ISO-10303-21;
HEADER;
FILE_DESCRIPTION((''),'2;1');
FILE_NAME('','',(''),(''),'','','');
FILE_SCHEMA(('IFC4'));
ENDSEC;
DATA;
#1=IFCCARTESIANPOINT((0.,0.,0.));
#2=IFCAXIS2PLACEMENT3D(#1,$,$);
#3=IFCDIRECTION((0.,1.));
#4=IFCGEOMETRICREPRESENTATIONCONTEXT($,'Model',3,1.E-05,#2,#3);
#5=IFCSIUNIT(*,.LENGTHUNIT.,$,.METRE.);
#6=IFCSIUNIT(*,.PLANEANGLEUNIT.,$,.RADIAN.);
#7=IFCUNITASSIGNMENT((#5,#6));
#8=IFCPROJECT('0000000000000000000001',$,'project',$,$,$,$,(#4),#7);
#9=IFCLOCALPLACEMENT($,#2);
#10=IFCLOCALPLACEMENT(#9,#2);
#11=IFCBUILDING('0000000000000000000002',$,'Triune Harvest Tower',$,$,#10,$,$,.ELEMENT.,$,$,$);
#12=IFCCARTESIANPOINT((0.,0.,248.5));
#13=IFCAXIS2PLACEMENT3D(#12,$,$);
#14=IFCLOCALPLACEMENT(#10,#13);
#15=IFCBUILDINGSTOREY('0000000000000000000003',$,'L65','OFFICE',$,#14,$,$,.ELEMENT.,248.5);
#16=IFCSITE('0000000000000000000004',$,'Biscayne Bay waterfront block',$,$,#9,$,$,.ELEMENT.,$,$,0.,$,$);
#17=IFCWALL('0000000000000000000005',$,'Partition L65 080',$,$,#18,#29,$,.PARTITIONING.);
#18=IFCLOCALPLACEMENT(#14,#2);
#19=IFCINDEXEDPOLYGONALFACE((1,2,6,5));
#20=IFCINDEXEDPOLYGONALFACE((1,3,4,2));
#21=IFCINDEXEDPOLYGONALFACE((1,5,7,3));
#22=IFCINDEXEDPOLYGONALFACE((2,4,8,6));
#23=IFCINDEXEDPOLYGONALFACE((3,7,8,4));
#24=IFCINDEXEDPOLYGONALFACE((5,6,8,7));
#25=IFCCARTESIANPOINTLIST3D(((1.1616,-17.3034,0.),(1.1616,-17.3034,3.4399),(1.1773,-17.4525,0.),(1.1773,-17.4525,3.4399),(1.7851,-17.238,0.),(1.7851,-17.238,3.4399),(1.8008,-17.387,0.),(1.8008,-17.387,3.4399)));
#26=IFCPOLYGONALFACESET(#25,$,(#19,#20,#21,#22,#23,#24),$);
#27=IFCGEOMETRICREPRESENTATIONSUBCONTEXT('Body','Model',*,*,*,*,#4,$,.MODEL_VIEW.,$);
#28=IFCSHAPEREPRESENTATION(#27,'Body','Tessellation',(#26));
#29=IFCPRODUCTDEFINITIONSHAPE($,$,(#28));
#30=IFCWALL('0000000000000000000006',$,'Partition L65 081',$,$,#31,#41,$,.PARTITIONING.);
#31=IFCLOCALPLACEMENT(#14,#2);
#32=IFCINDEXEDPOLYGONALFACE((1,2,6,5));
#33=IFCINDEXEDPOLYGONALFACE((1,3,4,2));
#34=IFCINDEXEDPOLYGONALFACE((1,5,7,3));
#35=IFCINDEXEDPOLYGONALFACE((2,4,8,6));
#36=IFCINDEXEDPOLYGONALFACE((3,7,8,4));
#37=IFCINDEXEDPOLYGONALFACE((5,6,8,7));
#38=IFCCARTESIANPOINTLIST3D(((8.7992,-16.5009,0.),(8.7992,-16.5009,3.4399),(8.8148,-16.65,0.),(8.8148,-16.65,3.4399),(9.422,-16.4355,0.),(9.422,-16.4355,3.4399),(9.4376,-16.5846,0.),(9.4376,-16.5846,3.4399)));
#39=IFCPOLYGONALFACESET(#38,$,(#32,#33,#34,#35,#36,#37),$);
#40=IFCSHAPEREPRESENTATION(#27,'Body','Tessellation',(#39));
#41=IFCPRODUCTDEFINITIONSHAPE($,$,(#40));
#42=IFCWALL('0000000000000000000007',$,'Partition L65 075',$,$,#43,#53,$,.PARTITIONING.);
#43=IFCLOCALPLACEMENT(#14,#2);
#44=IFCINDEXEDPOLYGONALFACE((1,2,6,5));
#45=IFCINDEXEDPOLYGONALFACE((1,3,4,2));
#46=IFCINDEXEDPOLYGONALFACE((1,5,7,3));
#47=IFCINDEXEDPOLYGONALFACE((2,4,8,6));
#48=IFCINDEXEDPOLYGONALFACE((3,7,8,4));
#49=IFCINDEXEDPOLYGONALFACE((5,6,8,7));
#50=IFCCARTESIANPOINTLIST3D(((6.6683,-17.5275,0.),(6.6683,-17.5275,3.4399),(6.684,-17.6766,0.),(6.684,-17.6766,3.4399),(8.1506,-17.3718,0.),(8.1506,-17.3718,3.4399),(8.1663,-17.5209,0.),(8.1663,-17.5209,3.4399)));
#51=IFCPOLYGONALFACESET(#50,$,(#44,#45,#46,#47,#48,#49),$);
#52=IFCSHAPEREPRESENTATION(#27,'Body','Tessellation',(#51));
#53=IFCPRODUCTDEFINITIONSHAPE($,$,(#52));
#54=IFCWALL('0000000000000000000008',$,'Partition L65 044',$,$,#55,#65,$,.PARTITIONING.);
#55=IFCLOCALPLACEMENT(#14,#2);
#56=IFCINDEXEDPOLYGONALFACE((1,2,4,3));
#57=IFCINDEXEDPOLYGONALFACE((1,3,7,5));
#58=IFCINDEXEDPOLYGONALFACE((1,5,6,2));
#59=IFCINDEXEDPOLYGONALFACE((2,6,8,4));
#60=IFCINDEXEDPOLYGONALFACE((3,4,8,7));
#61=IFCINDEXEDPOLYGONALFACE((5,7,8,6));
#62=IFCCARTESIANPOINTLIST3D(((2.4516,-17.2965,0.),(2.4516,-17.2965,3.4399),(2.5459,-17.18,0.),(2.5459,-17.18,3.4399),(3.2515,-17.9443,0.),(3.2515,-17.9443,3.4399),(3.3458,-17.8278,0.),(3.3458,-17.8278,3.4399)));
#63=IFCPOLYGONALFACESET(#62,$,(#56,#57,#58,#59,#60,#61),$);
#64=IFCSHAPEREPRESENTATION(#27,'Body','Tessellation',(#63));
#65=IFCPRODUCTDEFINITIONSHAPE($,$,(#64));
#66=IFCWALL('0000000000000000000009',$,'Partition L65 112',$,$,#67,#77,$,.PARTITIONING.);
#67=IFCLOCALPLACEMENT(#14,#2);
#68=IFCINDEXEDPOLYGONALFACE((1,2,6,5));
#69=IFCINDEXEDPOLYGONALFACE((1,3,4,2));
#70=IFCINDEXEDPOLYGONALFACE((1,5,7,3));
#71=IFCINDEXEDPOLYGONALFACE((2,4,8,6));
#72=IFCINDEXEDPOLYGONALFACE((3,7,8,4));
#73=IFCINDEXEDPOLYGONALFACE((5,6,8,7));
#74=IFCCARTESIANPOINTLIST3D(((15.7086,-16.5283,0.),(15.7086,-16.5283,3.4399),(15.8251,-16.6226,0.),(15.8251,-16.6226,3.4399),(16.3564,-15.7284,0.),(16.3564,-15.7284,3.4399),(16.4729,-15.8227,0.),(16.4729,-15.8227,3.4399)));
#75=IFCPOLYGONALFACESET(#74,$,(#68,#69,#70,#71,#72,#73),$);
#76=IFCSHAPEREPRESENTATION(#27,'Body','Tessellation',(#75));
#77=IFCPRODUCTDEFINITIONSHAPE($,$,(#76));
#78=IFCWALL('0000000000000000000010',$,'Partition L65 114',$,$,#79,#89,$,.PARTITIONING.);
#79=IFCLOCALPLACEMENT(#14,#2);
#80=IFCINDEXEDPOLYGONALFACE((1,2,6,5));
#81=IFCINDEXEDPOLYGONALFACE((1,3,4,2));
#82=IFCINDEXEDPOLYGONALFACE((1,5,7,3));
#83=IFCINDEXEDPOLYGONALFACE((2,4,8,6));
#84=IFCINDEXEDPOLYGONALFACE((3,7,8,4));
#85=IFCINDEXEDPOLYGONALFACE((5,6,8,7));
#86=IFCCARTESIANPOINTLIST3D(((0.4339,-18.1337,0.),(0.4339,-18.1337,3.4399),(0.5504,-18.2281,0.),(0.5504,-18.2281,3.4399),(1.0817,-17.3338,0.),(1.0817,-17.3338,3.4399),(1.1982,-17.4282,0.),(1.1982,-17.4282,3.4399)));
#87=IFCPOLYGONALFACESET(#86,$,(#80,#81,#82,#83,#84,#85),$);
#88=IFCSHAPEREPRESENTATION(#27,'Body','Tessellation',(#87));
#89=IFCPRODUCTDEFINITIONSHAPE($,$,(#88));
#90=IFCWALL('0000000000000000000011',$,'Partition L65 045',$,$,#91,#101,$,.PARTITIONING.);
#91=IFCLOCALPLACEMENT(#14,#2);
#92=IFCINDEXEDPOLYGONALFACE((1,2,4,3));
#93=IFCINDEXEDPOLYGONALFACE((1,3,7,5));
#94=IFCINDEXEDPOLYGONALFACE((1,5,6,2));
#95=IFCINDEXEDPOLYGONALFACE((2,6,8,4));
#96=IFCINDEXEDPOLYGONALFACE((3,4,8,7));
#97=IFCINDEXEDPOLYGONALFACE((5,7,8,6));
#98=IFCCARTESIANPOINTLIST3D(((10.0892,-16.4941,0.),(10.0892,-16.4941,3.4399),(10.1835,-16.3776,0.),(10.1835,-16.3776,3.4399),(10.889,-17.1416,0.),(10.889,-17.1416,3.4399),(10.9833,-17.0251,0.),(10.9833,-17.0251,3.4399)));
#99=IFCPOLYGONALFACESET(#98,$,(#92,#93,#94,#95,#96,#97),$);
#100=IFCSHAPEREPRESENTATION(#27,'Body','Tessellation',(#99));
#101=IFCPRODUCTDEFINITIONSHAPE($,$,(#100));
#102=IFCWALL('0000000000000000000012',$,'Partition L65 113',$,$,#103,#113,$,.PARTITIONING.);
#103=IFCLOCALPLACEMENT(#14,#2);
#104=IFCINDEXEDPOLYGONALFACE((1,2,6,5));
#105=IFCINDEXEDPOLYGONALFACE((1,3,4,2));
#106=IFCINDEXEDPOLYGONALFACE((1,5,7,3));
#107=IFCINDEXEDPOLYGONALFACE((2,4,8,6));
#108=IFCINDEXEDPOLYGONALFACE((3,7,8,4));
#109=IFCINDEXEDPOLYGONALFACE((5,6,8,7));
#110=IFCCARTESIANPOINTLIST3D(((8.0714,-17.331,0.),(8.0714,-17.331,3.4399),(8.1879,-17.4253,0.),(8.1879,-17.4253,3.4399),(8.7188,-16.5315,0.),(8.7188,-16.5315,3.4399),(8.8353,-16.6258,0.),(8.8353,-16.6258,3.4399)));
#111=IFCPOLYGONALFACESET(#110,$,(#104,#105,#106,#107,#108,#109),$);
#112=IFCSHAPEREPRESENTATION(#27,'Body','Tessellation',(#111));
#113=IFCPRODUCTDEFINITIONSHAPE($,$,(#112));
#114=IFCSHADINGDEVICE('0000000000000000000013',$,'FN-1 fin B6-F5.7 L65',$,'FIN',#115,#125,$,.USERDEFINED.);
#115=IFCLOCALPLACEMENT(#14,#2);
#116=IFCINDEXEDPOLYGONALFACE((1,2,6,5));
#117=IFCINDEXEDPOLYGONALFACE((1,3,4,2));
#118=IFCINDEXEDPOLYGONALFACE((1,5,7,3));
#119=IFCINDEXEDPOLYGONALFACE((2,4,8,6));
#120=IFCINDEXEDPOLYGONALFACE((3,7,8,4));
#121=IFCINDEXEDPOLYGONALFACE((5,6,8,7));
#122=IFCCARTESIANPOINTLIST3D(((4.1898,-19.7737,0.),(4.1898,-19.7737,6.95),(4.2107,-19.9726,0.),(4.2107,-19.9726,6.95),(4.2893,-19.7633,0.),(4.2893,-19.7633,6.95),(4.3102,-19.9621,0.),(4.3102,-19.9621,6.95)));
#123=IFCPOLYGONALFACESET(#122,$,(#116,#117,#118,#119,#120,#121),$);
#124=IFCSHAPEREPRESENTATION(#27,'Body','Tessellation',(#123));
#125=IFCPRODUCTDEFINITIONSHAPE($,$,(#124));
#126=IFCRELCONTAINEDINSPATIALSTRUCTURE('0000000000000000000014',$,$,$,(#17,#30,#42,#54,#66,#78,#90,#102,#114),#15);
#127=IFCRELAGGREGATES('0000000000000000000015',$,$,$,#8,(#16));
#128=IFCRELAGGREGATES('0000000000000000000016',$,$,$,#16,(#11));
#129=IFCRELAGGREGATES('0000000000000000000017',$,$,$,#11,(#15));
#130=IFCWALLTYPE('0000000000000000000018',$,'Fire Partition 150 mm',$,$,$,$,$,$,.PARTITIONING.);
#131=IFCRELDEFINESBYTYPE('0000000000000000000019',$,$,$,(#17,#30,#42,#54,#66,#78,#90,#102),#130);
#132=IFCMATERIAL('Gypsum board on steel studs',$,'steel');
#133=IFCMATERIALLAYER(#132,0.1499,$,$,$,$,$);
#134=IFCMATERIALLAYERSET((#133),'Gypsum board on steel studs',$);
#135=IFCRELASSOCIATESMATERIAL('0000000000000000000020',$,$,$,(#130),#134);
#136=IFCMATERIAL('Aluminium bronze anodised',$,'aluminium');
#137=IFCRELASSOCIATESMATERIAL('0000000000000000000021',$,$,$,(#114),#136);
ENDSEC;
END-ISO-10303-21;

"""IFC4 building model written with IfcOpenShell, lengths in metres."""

from ifc_helpers import new_model, si_unit, direction, frame, frame_2d, origin, origin_2d, place, context, subcontext, project, spatial, rectangle, extrude, source, transform, mapped, material, layer, layer_set, type_object, element, save


model = new_model("IFC4")

# Units and contexts
model_context = context("Model", 3, precision=1e-05, world=origin(), true_north=direction((0.0, 1.0)))
body_context = subcontext(model_context, "Body", "Model", "MODEL_VIEW")
ifc_project = project(units=[si_unit("LENGTHUNIT", "METRE"), si_unit("PLANEANGLEUNIT", "RADIAN")], contexts=[model_context])

# Site, building, storey
site_placement = place(None, origin())
site = spatial("IfcSite", under=ifc_project, at=site_placement, Name="Biscayne Bay waterfront block", CompositionType="ELEMENT", RefElevation=0.0)
building_placement = place(site_placement, origin())
building = spatial("IfcBuilding", under=site, at=building_placement, Name="Triune Harvest Tower", CompositionType="ELEMENT")
storey_placement = place(building_placement, frame((0.0, 0.0, 248.5)))
storey = spatial("IfcBuildingStorey", under=building, at=storey_placement, Name="L65", Description="OFFICE", CompositionType="ELEMENT", Elevation=248.5)

# Shared definitions
ifc_material_1 = material(Name="Gypsum board on steel studs", Category="steel")
ifc_layer_1 = layer(ifc_material_1, 0.1499)
ifc_layer_set_1 = layer_set([ifc_layer_1], Name="Gypsum board on steel studs")
wall_type = type_object("IfcWallType", Name="Fire Partition 150 mm", PredefinedType="PARTITIONING", material=ifc_layer_set_1)

# Walls
wall_1_placement = place(storey_placement, frame((1.1694, -17.3779, 0.0), z_axis=(0.0, 0.0, 1.0), x_axis=(0.99454, 0.10436, 0.0)))
element("IfcWall", 1, at=wall_1_placement, inside=storey, type_object=wall_type, Name="Partition L65 080", PredefinedType="PARTITIONING", context=body_context, shape_type="SweptSolid", body=[
    extrude(rectangle(XDim=0.627, YDim=0.1499, at=frame_2d((0.3135, 0.0))), origin(), (0.0, 0.0, 1.0), 3.4399),
])
wall_2_placement = place(storey_placement, frame((8.8071, -16.5754, 0.0), z_axis=(0.0, 0.0, 1.0), x_axis=(0.994527, 0.104482, 0.0)))
element("IfcWall", 2, at=wall_2_placement, inside=storey, type_object=wall_type, Name="Partition L65 081", PredefinedType="PARTITIONING", context=body_context, shape_type="SweptSolid", body=[
    extrude(rectangle(XDim=0.6262, YDim=0.1499, at=frame_2d((0.313, 0.0))), origin(), (0.0, 0.0, 1.0), 3.4399),
])
shared_shape_1 = source(origin(), body_context, "Body", "SweptSolid", [
    extrude(rectangle(XDim=1.4905, YDim=0.1499, at=frame_2d((0.7451, 0.0))), origin(), (0.0, 0.0, 1.0), 3.4399),
])
wall_3_placement = place(storey_placement, frame((6.6763, -17.6021, 0.0), z_axis=(0.0, 0.0, 1.0), x_axis=(0.994525, 0.104497, 0.0)))
element("IfcWall", 3, at=wall_3_placement, inside=storey, type_object=wall_type, Name="Partition L65 075", PredefinedType="PARTITIONING", context=body_context, shape_type="MappedRepresentation", body=[
    mapped(shared_shape_1, transform((0.0, 0.0, 0.0), scale=1.0)),
])
shared_shape_2 = source(origin(), body_context, "Body", "SweptSolid", [
    extrude(rectangle(XDim=1.0293, YDim=0.1499, at=frame_2d((0.5146, 0.0))), origin(), (0.0, 0.0, 1.0), 3.4399),
])
for number, where, z_axis, x_axis, name in (
    (4, (2.4988, -17.2383, 0.0), (0.0, 0.0, 1.0), (0.777129, -0.629342, 0.0), "Partition L65 044"),
    (5, (15.7668, -16.5754, 0.0), (0.0, 0.0, 1.0), (0.629342, 0.777129, 0.0), "Partition L65 112"),
    (6, (0.4922, -18.1809, 0.0), (0.0, 0.0, 1.0), (0.629342, 0.777129, 0.0), "Partition L65 114"),
):
    element("IfcWall", number, at=place(storey_placement, frame(where, z_axis=z_axis, x_axis=x_axis)), inside=storey, type_object=wall_type, Name=name, PredefinedType="PARTITIONING", context=body_context, shape_type="MappedRepresentation", body=[
        mapped(shared_shape_2, transform((0.0, 0.0, 0.0), scale=1.0)),
    ])
shared_shape_3 = source(origin(), body_context, "Body", "SweptSolid", [
    extrude(rectangle(XDim=1.0291, YDim=0.1499, at=frame_2d((0.5146, 0.0))), origin(), (0.0, 0.0, 1.0), 3.4399),
])
wall_4_placement = place(storey_placement, frame((10.1362, -16.4358, 0.0), z_axis=(0.0, 0.0, 1.0), x_axis=(0.777245, -0.629198, 0.0)))
element("IfcWall", 7, at=wall_4_placement, inside=storey, type_object=wall_type, Name="Partition L65 045", PredefinedType="PARTITIONING", context=body_context, shape_type="MappedRepresentation", body=[
    mapped(shared_shape_3, transform((0.0, 0.0, 0.0), scale=1.0)),
])
shared_shape_4 = source(origin(), body_context, "Body", "SweptSolid", [
    extrude(rectangle(XDim=1.0288, YDim=0.1499, at=frame_2d((0.5144, 0.0))), origin(), (0.0, 0.0, 1.0), 3.4399),
])
wall_5_placement = place(storey_placement, frame((8.1296, -17.3782, 0.0), z_axis=(0.0, 0.0, 1.0), x_axis=(0.629314, 0.777151, 0.0)))
element("IfcWall", 8, at=wall_5_placement, inside=storey, type_object=wall_type, Name="Partition L65 113", PredefinedType="PARTITIONING", context=body_context, shape_type="MappedRepresentation", body=[
    mapped(shared_shape_4, transform((0.0, 0.0, 0.0), scale=1.0)),
])

# Shading device
ifc_material_2 = material(Name="Aluminium bronze anodised", Category="aluminium")
shared_shape_5 = source(origin(), body_context, "Body", "SweptSolid", [
    extrude(rectangle(XDim=0.1001, YDim=0.2, at=origin_2d()), origin(), (0.0, 0.0, 1.0), 6.95),
])
shading_device_placement = place(storey_placement, frame((4.25, -19.8679, 0.0), z_axis=(0.0, 0.0, 1.0), x_axis=(0.994522, 0.10453, 0.0)))
element("IfcShadingDevice", 9, at=shading_device_placement, inside=storey, material=ifc_material_2, Name="FN-1 fin B6-F5.7 L65", ObjectType="FIN", PredefinedType="USERDEFINED", context=body_context, shape_type="MappedRepresentation", body=[
    mapped(shared_shape_5, transform((0.0, 0.0, 0.0), scale=1.0)),
])

save(model, "model.ifc")
